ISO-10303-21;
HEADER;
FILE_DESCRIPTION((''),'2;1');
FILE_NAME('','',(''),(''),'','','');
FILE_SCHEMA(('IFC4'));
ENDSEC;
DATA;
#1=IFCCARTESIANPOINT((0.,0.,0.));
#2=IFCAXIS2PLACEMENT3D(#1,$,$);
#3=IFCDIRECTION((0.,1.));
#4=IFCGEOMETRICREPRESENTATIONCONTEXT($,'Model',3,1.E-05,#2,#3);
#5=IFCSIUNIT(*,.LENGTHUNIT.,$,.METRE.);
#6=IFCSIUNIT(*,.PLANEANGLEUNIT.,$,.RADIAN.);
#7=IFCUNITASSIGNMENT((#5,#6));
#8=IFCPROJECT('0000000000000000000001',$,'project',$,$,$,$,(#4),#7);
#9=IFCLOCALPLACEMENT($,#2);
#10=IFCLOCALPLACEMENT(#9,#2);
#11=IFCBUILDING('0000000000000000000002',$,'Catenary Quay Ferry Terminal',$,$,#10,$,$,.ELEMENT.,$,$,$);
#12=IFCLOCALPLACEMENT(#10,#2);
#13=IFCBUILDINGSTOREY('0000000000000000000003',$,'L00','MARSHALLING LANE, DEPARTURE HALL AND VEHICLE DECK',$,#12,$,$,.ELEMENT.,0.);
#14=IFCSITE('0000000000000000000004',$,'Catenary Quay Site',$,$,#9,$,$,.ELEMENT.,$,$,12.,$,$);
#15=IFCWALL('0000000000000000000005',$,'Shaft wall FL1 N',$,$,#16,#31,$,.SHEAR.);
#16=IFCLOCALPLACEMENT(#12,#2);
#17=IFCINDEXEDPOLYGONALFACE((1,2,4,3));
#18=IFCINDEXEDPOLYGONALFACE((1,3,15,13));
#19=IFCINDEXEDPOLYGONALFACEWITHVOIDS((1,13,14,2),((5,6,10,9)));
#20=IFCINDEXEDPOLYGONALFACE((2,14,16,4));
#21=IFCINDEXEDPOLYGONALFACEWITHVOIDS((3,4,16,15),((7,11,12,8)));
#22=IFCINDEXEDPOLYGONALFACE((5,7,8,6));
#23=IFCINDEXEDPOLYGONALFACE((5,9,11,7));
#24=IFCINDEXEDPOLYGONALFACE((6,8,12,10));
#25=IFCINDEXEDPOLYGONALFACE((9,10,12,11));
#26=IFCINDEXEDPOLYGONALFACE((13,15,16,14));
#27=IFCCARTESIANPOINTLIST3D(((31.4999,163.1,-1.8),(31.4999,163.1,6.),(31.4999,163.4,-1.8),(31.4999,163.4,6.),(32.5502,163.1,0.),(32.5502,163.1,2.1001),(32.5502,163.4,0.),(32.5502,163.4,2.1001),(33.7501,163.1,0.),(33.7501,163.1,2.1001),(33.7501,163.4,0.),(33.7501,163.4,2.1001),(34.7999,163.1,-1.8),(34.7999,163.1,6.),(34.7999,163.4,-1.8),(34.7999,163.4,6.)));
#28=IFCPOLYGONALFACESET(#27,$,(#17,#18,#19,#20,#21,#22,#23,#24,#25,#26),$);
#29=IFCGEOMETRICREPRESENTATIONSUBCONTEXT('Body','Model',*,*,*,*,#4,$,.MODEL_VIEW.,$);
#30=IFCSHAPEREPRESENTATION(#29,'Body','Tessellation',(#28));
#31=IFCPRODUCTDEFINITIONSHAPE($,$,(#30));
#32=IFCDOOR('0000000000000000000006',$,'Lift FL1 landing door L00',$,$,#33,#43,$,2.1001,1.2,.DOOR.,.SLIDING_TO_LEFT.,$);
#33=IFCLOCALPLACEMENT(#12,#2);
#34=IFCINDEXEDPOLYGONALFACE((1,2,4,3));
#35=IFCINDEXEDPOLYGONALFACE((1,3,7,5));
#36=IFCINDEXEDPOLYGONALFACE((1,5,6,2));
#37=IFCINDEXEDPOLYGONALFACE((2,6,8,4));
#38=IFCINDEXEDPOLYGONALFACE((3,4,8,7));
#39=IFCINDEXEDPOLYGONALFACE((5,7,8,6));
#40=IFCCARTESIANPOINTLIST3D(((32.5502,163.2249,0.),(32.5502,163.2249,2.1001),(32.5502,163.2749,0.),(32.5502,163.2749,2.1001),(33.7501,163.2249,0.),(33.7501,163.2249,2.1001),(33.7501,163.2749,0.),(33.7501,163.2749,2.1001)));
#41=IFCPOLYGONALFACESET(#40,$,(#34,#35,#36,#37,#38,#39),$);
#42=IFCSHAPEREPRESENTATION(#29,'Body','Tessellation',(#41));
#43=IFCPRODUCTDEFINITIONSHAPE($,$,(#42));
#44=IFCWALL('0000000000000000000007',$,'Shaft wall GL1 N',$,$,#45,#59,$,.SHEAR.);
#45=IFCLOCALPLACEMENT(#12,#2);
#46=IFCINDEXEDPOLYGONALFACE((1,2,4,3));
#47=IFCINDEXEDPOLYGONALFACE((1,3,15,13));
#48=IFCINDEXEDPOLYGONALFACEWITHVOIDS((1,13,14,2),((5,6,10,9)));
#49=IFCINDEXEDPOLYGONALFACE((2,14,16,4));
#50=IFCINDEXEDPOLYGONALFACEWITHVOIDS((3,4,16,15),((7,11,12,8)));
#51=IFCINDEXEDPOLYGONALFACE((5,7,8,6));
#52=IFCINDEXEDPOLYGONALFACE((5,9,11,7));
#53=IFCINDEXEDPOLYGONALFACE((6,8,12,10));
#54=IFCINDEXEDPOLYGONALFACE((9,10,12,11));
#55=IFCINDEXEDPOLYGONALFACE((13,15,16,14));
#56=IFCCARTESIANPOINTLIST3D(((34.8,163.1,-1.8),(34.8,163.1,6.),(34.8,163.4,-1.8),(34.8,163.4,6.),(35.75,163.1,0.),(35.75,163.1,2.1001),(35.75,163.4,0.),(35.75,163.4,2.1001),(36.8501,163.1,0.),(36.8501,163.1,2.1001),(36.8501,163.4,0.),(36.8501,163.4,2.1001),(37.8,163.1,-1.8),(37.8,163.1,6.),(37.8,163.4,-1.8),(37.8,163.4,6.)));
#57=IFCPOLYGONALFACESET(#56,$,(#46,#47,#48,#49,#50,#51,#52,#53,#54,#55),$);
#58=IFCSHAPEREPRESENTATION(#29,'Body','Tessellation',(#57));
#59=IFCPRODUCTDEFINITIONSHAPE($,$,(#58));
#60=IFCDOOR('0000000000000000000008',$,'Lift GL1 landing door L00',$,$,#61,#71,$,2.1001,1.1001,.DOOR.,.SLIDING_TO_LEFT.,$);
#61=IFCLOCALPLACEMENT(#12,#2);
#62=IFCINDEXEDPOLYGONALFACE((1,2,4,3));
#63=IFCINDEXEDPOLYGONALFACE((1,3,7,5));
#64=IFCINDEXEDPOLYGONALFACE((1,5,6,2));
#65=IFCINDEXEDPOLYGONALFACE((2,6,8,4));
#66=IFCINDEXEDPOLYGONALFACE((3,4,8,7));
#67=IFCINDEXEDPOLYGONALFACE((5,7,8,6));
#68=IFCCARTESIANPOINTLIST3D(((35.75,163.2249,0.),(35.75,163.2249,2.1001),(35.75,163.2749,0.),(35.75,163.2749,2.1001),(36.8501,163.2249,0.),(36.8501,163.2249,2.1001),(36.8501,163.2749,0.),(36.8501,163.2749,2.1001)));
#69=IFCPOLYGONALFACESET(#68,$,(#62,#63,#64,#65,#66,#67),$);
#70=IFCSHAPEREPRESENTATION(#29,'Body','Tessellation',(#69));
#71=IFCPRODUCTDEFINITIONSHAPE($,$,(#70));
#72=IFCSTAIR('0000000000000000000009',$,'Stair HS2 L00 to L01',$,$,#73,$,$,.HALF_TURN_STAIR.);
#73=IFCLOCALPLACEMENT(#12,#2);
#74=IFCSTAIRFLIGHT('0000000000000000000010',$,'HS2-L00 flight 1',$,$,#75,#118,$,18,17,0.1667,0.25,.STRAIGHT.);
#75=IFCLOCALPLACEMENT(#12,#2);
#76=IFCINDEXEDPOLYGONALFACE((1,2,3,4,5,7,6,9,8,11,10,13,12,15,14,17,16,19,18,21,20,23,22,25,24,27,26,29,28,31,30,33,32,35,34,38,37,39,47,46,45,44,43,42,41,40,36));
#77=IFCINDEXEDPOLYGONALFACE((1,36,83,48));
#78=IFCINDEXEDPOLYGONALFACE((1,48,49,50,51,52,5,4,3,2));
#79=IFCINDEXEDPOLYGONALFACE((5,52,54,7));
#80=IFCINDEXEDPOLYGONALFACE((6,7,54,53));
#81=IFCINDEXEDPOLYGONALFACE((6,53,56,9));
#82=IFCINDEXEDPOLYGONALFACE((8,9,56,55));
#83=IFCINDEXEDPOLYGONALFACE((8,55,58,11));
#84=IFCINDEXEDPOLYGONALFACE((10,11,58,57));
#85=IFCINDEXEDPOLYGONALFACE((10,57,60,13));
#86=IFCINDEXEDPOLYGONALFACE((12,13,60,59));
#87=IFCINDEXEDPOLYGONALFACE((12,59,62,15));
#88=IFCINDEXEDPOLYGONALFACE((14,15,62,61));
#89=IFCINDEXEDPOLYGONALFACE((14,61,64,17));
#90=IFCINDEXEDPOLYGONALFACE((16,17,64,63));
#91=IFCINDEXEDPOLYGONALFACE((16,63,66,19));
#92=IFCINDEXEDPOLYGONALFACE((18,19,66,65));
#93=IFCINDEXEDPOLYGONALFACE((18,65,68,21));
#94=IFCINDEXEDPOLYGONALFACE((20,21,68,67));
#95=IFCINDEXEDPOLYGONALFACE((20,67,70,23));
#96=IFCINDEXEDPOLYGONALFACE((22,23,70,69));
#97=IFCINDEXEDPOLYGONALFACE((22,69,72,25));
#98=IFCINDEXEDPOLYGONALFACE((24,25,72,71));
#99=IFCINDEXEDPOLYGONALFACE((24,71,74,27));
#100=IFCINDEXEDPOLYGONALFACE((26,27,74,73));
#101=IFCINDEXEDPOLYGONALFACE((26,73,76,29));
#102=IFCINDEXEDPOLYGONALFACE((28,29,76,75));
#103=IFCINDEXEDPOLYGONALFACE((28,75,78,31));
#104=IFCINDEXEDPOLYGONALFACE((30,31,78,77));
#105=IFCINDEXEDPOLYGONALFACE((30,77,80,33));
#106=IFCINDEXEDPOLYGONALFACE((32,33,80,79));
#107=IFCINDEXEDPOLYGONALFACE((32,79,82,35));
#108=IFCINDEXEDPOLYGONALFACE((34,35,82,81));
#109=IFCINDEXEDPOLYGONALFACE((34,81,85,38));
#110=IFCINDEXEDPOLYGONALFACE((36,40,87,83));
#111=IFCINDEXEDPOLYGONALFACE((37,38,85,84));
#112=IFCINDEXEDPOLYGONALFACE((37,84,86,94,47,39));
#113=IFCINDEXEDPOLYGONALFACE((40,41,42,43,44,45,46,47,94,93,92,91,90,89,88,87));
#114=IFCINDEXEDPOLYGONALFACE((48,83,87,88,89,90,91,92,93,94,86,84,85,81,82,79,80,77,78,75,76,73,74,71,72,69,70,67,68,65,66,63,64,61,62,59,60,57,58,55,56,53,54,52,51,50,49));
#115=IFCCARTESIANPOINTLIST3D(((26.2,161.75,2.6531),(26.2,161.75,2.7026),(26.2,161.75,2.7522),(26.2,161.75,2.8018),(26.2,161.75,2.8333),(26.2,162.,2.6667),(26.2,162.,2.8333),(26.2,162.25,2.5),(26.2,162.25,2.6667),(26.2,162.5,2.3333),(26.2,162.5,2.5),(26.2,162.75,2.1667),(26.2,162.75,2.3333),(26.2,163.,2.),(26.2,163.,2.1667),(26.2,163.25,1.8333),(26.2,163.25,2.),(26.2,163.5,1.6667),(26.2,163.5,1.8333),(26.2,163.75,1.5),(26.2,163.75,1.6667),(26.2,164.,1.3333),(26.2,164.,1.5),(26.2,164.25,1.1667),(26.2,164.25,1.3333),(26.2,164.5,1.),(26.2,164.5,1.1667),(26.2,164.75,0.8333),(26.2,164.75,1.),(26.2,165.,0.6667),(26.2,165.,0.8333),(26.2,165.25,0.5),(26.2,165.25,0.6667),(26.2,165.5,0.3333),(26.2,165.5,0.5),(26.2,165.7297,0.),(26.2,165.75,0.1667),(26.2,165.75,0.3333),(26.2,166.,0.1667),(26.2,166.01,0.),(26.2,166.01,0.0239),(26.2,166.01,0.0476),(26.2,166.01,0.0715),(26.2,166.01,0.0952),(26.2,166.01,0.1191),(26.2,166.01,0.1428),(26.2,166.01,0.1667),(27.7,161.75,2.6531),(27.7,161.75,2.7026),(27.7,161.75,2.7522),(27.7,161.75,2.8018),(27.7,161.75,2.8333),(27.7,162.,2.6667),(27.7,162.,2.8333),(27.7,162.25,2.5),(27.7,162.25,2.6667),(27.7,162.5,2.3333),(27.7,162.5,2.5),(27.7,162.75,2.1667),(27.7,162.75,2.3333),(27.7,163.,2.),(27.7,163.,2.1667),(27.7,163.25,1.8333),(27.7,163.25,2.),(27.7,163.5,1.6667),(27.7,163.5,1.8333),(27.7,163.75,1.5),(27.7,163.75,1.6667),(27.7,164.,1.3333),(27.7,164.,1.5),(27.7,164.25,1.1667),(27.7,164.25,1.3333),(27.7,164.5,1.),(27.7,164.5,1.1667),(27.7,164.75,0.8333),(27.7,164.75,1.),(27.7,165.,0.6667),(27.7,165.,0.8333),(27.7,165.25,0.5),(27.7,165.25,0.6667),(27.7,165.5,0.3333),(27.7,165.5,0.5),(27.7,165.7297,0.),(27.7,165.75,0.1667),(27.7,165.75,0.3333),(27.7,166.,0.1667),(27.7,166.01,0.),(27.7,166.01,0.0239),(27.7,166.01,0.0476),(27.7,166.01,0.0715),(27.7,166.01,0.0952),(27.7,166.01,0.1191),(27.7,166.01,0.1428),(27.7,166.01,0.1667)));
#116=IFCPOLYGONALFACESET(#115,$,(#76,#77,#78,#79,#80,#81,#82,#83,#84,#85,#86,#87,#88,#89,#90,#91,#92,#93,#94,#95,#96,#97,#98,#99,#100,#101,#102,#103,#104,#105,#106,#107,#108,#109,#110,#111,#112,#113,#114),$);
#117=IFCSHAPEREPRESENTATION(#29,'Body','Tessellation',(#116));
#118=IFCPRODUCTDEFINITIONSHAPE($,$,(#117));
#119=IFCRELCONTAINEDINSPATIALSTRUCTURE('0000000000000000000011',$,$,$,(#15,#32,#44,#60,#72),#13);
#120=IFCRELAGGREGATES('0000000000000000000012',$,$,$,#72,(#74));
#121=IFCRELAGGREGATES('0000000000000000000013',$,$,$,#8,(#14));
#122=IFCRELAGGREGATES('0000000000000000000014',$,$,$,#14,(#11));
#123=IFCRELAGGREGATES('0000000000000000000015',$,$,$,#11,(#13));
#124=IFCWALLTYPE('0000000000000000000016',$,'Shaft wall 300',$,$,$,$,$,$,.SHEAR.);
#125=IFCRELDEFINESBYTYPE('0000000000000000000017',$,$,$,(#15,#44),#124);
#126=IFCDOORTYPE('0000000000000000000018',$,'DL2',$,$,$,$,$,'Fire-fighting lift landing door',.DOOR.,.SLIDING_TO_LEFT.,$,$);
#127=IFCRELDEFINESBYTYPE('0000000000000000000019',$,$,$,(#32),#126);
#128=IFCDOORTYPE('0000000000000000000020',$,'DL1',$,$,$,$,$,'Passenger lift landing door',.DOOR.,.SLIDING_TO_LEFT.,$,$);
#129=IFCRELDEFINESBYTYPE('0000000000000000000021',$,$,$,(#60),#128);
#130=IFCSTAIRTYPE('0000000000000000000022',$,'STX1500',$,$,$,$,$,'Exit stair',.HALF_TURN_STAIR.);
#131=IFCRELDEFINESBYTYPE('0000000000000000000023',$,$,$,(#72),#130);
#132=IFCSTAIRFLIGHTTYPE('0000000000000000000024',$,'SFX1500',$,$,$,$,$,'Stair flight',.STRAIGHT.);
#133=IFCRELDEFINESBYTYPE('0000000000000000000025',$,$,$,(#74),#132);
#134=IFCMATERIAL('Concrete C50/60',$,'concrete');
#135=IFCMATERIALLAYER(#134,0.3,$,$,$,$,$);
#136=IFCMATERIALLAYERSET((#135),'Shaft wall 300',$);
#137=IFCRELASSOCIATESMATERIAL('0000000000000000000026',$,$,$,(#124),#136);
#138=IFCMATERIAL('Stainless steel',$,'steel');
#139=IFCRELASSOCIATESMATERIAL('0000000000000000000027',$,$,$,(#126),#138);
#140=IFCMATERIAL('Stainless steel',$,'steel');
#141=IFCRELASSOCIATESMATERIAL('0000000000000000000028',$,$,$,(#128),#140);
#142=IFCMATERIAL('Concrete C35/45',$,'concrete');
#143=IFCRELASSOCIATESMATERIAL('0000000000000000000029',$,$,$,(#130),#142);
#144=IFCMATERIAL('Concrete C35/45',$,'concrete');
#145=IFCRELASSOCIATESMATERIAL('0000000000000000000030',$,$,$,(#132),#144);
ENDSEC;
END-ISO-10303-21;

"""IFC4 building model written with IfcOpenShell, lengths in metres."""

from ifc_helpers import new_model, si_unit, direction, frame, frame_2d, origin, place, context, subcontext, project, spatial, polyline, rectangle, outline, extrude, material, layer, layer_set, type_object, element, fill, aggregate, save


model = new_model("IFC4")

# Units and contexts
model_context = context("Model", 3, precision=1e-05, world=origin(), true_north=direction((0.0, 1.0)))
body_context = subcontext(model_context, "Body", "Model", "MODEL_VIEW")
ifc_project = project(units=[si_unit("LENGTHUNIT", "METRE"), si_unit("PLANEANGLEUNIT", "RADIAN")], contexts=[model_context])

# Site, building, storey
site_placement = place(None, origin())
site = spatial("IfcSite", under=ifc_project, at=site_placement, Name="Catenary Quay Site", CompositionType="ELEMENT", RefElevation=12.0)
building_placement = place(site_placement, origin())
building = spatial("IfcBuilding", under=site, at=building_placement, Name="Catenary Quay Ferry Terminal", CompositionType="ELEMENT")
storey_placement = place(building_placement, origin())
storey = spatial("IfcBuildingStorey", under=building, at=storey_placement, Name="L00", Description="MARSHALLING LANE, DEPARTURE HALL AND VEHICLE DECK", CompositionType="ELEMENT", Elevation=0.0)

# Walls, openings, doors
ifc_material_1 = material(Name="Concrete C50/60", Category="concrete")
ifc_layer_1 = layer(ifc_material_1, 0.3)
ifc_layer_set_1 = layer_set([ifc_layer_1], Name="Shaft wall 300")
wall_type_1 = type_object("IfcWallType", Name="Shaft wall 300", PredefinedType="SHEAR", material=ifc_layer_set_1)
wall_1_placement = place(storey_placement, frame((31.5, 163.25, -1.8), z_axis=(0.0, 0.0, 1.0), x_axis=(1.0, 0.0, 0.0)))
wall_1 = element("IfcWall", 1, at=wall_1_placement, inside=storey, type_object=wall_type_1, Name="Shaft wall FL1 N", PredefinedType="SHEAR", context=body_context, shape_type="SweptSolid", body=[
    extrude(rectangle(XDim=3.3, YDim=0.3, at=frame_2d((1.6499, 0.0))), origin(), (0.0, 0.0, 1.0), 7.8),
])
opening_1_placement = place(wall_1_placement, frame((1.05, 0.0, 1.8)))
opening_1 = element("IfcOpeningElement", 2, at=opening_1_placement, cuts=wall_1, PredefinedType="OPENING", context=body_context, shape_type="SweptSolid", body=[
    extrude(rectangle(XDim=1.2, YDim=2.1001, at=frame_2d((0.6001, 1.05))), frame((0.0, 0.1599, 0.0), z_axis=(0.0, -1.0, 0.0), x_axis=(1.0, 0.0, 0.0)), (0.0, 0.0, 1.0), 0.3201),
])
ifc_material_2 = material(Name="Stainless steel", Category="steel")
door_type_1 = type_object("IfcDoorType", Name="DL2", ElementType="Fire-fighting lift landing door", OperationType="SLIDING_TO_LEFT", PredefinedType="DOOR", material=ifc_material_2)
door_1_placement = place(opening_1_placement, origin())
door_1 = element("IfcDoor", 3, at=door_1_placement, inside=storey, type_object=door_type_1, Name="Lift FL1 landing door L00", OperationType="SLIDING_TO_LEFT", OverallHeight=2.1001, OverallWidth=1.2, PredefinedType="DOOR", context=body_context, shape_type="SweptSolid", body=[
    extrude(rectangle(XDim=1.2, YDim=2.1001, at=frame_2d((0.6001, 1.05))), frame((0.0, 0.0249, 0.0), z_axis=(0.0, -1.0, 0.0), x_axis=(1.0, 0.0, 0.0)), (0.0, 0.0, 1.0), 0.05),
])
fill(opening_1, door_1)
wall_2_placement = place(storey_placement, frame((34.8, 163.25, -1.8), z_axis=(0.0, 0.0, 1.0), x_axis=(1.0, 0.0, 0.0)))
wall_2 = element("IfcWall", 4, at=wall_2_placement, inside=storey, type_object=wall_type_1, Name="Shaft wall GL1 N", PredefinedType="SHEAR", context=body_context, shape_type="SweptSolid", body=[
    extrude(rectangle(XDim=3.0, YDim=0.3, at=frame_2d((1.5, 0.0))), origin(), (0.0, 0.0, 1.0), 7.8),
])
opening_2_placement = place(wall_2_placement, frame((0.95, 0.0, 1.8)))
opening_2 = element("IfcOpeningElement", 5, at=opening_2_placement, cuts=wall_2, PredefinedType="OPENING", context=body_context, shape_type="SweptSolid", body=[
    extrude(rectangle(XDim=1.1001, YDim=2.1001, at=frame_2d((0.55, 1.05))), frame((0.0, 0.1599, 0.0), z_axis=(0.0, -1.0, 0.0), x_axis=(1.0, 0.0, 0.0)), (0.0, 0.0, 1.0), 0.3201),
])
ifc_material_3 = material(Name="Stainless steel", Category="steel")
door_type_2 = type_object("IfcDoorType", Name="DL1", ElementType="Passenger lift landing door", OperationType="SLIDING_TO_LEFT", PredefinedType="DOOR", material=ifc_material_3)
door_2_placement = place(opening_2_placement, origin())
door_2 = element("IfcDoor", 6, at=door_2_placement, inside=storey, type_object=door_type_2, Name="Lift GL1 landing door L00", OperationType="SLIDING_TO_LEFT", OverallHeight=2.1001, OverallWidth=1.1001, PredefinedType="DOOR", context=body_context, shape_type="SweptSolid", body=[
    extrude(rectangle(XDim=1.1001, YDim=2.1001, at=frame_2d((0.55, 1.05))), frame((0.0, 0.0249, 0.0), z_axis=(0.0, -1.0, 0.0), x_axis=(1.0, 0.0, 0.0)), (0.0, 0.0, 1.0), 0.05),
])
fill(opening_2, door_2)

# Stair, stair flight
ifc_material_4 = material(Name="Concrete C35/45", Category="concrete")
stair_type = type_object("IfcStairType", Name="STX1500", ElementType="Exit stair", PredefinedType="HALF_TURN_STAIR", material=ifc_material_4)
stair_placement = place(storey_placement, origin())
stair = element("IfcStair", 7, at=stair_placement, inside=storey, type_object=stair_type, Name="Stair HS2 L00 to L01", PredefinedType="HALF_TURN_STAIR")
ifc_material_5 = material(Name="Concrete C35/45", Category="concrete")
stair_flight_type = type_object("IfcStairFlightType", Name="SFX1500", ElementType="Stair flight", PredefinedType="STRAIGHT", material=ifc_material_5)
stair_flight_placement = place(storey_placement, frame((26.95, 166.0, 0.0), z_axis=(0.0, 0.0, 1.0), x_axis=(0.0, -1.0, 0.0)))
stair_flight = element("IfcStairFlight", 8, at=stair_flight_placement, type_object=stair_flight_type, Name="HS2-L00 flight 1", NumberOfRisers=18, NumberOfTreads=17, PredefinedType="STRAIGHT", RiserHeight=0.1667, TreadLength=0.25, context=body_context, shape_type="SweptSolid", body=[
    extrude(outline(polyline([(-0.01, 0.0), (-0.01, 0.0239), (-0.01, 0.0476), (-0.01, 0.0715), (-0.01, 0.0952), (-0.01, 0.1191), (-0.01, 0.1428), (-0.01, 0.1667), (0.0, 0.1667), (0.25, 0.1667), (0.25, 0.3333), (0.5, 0.3333), (0.5, 0.5), (0.75, 0.5), (0.75, 0.6667), (1.0, 0.6667), (1.0, 0.8333), (1.25, 0.8333), (1.25, 1.0), (1.5, 1.0), (1.5, 1.1667), (1.75, 1.1667), (1.75, 1.3333), (2.0, 1.3333), (2.0, 1.5), (2.25, 1.5), (2.25, 1.6667), (2.5, 1.6667), (2.5, 1.8333), (2.75, 1.8333), (2.75, 2.0), (3.0, 2.0), (3.0, 2.1667), (3.25, 2.1667), (3.25, 2.3333), (3.5, 2.3333), (3.5, 2.5), (3.75, 2.5), (3.75, 2.6667), (4.0, 2.6667), (4.0, 2.8333), (4.25, 2.8333), (4.25, 3.0), (4.25, 2.9504), (4.25, 2.9009), (4.25, 2.8513), (4.25, 2.8018), (4.25, 2.7522), (4.25, 2.7026), (4.25, 2.6531), (0.2703, 0.0), (-0.01, 0.0)])), frame((0.0, 0.75, 0.0), z_axis=(0.0, -1.0, 0.0), x_axis=(1.0, 0.0, 0.0)), (0.0, 0.0, 1.0), 1.5),
])
aggregate(stair, [stair_flight])

save(model, "model.ifc")
